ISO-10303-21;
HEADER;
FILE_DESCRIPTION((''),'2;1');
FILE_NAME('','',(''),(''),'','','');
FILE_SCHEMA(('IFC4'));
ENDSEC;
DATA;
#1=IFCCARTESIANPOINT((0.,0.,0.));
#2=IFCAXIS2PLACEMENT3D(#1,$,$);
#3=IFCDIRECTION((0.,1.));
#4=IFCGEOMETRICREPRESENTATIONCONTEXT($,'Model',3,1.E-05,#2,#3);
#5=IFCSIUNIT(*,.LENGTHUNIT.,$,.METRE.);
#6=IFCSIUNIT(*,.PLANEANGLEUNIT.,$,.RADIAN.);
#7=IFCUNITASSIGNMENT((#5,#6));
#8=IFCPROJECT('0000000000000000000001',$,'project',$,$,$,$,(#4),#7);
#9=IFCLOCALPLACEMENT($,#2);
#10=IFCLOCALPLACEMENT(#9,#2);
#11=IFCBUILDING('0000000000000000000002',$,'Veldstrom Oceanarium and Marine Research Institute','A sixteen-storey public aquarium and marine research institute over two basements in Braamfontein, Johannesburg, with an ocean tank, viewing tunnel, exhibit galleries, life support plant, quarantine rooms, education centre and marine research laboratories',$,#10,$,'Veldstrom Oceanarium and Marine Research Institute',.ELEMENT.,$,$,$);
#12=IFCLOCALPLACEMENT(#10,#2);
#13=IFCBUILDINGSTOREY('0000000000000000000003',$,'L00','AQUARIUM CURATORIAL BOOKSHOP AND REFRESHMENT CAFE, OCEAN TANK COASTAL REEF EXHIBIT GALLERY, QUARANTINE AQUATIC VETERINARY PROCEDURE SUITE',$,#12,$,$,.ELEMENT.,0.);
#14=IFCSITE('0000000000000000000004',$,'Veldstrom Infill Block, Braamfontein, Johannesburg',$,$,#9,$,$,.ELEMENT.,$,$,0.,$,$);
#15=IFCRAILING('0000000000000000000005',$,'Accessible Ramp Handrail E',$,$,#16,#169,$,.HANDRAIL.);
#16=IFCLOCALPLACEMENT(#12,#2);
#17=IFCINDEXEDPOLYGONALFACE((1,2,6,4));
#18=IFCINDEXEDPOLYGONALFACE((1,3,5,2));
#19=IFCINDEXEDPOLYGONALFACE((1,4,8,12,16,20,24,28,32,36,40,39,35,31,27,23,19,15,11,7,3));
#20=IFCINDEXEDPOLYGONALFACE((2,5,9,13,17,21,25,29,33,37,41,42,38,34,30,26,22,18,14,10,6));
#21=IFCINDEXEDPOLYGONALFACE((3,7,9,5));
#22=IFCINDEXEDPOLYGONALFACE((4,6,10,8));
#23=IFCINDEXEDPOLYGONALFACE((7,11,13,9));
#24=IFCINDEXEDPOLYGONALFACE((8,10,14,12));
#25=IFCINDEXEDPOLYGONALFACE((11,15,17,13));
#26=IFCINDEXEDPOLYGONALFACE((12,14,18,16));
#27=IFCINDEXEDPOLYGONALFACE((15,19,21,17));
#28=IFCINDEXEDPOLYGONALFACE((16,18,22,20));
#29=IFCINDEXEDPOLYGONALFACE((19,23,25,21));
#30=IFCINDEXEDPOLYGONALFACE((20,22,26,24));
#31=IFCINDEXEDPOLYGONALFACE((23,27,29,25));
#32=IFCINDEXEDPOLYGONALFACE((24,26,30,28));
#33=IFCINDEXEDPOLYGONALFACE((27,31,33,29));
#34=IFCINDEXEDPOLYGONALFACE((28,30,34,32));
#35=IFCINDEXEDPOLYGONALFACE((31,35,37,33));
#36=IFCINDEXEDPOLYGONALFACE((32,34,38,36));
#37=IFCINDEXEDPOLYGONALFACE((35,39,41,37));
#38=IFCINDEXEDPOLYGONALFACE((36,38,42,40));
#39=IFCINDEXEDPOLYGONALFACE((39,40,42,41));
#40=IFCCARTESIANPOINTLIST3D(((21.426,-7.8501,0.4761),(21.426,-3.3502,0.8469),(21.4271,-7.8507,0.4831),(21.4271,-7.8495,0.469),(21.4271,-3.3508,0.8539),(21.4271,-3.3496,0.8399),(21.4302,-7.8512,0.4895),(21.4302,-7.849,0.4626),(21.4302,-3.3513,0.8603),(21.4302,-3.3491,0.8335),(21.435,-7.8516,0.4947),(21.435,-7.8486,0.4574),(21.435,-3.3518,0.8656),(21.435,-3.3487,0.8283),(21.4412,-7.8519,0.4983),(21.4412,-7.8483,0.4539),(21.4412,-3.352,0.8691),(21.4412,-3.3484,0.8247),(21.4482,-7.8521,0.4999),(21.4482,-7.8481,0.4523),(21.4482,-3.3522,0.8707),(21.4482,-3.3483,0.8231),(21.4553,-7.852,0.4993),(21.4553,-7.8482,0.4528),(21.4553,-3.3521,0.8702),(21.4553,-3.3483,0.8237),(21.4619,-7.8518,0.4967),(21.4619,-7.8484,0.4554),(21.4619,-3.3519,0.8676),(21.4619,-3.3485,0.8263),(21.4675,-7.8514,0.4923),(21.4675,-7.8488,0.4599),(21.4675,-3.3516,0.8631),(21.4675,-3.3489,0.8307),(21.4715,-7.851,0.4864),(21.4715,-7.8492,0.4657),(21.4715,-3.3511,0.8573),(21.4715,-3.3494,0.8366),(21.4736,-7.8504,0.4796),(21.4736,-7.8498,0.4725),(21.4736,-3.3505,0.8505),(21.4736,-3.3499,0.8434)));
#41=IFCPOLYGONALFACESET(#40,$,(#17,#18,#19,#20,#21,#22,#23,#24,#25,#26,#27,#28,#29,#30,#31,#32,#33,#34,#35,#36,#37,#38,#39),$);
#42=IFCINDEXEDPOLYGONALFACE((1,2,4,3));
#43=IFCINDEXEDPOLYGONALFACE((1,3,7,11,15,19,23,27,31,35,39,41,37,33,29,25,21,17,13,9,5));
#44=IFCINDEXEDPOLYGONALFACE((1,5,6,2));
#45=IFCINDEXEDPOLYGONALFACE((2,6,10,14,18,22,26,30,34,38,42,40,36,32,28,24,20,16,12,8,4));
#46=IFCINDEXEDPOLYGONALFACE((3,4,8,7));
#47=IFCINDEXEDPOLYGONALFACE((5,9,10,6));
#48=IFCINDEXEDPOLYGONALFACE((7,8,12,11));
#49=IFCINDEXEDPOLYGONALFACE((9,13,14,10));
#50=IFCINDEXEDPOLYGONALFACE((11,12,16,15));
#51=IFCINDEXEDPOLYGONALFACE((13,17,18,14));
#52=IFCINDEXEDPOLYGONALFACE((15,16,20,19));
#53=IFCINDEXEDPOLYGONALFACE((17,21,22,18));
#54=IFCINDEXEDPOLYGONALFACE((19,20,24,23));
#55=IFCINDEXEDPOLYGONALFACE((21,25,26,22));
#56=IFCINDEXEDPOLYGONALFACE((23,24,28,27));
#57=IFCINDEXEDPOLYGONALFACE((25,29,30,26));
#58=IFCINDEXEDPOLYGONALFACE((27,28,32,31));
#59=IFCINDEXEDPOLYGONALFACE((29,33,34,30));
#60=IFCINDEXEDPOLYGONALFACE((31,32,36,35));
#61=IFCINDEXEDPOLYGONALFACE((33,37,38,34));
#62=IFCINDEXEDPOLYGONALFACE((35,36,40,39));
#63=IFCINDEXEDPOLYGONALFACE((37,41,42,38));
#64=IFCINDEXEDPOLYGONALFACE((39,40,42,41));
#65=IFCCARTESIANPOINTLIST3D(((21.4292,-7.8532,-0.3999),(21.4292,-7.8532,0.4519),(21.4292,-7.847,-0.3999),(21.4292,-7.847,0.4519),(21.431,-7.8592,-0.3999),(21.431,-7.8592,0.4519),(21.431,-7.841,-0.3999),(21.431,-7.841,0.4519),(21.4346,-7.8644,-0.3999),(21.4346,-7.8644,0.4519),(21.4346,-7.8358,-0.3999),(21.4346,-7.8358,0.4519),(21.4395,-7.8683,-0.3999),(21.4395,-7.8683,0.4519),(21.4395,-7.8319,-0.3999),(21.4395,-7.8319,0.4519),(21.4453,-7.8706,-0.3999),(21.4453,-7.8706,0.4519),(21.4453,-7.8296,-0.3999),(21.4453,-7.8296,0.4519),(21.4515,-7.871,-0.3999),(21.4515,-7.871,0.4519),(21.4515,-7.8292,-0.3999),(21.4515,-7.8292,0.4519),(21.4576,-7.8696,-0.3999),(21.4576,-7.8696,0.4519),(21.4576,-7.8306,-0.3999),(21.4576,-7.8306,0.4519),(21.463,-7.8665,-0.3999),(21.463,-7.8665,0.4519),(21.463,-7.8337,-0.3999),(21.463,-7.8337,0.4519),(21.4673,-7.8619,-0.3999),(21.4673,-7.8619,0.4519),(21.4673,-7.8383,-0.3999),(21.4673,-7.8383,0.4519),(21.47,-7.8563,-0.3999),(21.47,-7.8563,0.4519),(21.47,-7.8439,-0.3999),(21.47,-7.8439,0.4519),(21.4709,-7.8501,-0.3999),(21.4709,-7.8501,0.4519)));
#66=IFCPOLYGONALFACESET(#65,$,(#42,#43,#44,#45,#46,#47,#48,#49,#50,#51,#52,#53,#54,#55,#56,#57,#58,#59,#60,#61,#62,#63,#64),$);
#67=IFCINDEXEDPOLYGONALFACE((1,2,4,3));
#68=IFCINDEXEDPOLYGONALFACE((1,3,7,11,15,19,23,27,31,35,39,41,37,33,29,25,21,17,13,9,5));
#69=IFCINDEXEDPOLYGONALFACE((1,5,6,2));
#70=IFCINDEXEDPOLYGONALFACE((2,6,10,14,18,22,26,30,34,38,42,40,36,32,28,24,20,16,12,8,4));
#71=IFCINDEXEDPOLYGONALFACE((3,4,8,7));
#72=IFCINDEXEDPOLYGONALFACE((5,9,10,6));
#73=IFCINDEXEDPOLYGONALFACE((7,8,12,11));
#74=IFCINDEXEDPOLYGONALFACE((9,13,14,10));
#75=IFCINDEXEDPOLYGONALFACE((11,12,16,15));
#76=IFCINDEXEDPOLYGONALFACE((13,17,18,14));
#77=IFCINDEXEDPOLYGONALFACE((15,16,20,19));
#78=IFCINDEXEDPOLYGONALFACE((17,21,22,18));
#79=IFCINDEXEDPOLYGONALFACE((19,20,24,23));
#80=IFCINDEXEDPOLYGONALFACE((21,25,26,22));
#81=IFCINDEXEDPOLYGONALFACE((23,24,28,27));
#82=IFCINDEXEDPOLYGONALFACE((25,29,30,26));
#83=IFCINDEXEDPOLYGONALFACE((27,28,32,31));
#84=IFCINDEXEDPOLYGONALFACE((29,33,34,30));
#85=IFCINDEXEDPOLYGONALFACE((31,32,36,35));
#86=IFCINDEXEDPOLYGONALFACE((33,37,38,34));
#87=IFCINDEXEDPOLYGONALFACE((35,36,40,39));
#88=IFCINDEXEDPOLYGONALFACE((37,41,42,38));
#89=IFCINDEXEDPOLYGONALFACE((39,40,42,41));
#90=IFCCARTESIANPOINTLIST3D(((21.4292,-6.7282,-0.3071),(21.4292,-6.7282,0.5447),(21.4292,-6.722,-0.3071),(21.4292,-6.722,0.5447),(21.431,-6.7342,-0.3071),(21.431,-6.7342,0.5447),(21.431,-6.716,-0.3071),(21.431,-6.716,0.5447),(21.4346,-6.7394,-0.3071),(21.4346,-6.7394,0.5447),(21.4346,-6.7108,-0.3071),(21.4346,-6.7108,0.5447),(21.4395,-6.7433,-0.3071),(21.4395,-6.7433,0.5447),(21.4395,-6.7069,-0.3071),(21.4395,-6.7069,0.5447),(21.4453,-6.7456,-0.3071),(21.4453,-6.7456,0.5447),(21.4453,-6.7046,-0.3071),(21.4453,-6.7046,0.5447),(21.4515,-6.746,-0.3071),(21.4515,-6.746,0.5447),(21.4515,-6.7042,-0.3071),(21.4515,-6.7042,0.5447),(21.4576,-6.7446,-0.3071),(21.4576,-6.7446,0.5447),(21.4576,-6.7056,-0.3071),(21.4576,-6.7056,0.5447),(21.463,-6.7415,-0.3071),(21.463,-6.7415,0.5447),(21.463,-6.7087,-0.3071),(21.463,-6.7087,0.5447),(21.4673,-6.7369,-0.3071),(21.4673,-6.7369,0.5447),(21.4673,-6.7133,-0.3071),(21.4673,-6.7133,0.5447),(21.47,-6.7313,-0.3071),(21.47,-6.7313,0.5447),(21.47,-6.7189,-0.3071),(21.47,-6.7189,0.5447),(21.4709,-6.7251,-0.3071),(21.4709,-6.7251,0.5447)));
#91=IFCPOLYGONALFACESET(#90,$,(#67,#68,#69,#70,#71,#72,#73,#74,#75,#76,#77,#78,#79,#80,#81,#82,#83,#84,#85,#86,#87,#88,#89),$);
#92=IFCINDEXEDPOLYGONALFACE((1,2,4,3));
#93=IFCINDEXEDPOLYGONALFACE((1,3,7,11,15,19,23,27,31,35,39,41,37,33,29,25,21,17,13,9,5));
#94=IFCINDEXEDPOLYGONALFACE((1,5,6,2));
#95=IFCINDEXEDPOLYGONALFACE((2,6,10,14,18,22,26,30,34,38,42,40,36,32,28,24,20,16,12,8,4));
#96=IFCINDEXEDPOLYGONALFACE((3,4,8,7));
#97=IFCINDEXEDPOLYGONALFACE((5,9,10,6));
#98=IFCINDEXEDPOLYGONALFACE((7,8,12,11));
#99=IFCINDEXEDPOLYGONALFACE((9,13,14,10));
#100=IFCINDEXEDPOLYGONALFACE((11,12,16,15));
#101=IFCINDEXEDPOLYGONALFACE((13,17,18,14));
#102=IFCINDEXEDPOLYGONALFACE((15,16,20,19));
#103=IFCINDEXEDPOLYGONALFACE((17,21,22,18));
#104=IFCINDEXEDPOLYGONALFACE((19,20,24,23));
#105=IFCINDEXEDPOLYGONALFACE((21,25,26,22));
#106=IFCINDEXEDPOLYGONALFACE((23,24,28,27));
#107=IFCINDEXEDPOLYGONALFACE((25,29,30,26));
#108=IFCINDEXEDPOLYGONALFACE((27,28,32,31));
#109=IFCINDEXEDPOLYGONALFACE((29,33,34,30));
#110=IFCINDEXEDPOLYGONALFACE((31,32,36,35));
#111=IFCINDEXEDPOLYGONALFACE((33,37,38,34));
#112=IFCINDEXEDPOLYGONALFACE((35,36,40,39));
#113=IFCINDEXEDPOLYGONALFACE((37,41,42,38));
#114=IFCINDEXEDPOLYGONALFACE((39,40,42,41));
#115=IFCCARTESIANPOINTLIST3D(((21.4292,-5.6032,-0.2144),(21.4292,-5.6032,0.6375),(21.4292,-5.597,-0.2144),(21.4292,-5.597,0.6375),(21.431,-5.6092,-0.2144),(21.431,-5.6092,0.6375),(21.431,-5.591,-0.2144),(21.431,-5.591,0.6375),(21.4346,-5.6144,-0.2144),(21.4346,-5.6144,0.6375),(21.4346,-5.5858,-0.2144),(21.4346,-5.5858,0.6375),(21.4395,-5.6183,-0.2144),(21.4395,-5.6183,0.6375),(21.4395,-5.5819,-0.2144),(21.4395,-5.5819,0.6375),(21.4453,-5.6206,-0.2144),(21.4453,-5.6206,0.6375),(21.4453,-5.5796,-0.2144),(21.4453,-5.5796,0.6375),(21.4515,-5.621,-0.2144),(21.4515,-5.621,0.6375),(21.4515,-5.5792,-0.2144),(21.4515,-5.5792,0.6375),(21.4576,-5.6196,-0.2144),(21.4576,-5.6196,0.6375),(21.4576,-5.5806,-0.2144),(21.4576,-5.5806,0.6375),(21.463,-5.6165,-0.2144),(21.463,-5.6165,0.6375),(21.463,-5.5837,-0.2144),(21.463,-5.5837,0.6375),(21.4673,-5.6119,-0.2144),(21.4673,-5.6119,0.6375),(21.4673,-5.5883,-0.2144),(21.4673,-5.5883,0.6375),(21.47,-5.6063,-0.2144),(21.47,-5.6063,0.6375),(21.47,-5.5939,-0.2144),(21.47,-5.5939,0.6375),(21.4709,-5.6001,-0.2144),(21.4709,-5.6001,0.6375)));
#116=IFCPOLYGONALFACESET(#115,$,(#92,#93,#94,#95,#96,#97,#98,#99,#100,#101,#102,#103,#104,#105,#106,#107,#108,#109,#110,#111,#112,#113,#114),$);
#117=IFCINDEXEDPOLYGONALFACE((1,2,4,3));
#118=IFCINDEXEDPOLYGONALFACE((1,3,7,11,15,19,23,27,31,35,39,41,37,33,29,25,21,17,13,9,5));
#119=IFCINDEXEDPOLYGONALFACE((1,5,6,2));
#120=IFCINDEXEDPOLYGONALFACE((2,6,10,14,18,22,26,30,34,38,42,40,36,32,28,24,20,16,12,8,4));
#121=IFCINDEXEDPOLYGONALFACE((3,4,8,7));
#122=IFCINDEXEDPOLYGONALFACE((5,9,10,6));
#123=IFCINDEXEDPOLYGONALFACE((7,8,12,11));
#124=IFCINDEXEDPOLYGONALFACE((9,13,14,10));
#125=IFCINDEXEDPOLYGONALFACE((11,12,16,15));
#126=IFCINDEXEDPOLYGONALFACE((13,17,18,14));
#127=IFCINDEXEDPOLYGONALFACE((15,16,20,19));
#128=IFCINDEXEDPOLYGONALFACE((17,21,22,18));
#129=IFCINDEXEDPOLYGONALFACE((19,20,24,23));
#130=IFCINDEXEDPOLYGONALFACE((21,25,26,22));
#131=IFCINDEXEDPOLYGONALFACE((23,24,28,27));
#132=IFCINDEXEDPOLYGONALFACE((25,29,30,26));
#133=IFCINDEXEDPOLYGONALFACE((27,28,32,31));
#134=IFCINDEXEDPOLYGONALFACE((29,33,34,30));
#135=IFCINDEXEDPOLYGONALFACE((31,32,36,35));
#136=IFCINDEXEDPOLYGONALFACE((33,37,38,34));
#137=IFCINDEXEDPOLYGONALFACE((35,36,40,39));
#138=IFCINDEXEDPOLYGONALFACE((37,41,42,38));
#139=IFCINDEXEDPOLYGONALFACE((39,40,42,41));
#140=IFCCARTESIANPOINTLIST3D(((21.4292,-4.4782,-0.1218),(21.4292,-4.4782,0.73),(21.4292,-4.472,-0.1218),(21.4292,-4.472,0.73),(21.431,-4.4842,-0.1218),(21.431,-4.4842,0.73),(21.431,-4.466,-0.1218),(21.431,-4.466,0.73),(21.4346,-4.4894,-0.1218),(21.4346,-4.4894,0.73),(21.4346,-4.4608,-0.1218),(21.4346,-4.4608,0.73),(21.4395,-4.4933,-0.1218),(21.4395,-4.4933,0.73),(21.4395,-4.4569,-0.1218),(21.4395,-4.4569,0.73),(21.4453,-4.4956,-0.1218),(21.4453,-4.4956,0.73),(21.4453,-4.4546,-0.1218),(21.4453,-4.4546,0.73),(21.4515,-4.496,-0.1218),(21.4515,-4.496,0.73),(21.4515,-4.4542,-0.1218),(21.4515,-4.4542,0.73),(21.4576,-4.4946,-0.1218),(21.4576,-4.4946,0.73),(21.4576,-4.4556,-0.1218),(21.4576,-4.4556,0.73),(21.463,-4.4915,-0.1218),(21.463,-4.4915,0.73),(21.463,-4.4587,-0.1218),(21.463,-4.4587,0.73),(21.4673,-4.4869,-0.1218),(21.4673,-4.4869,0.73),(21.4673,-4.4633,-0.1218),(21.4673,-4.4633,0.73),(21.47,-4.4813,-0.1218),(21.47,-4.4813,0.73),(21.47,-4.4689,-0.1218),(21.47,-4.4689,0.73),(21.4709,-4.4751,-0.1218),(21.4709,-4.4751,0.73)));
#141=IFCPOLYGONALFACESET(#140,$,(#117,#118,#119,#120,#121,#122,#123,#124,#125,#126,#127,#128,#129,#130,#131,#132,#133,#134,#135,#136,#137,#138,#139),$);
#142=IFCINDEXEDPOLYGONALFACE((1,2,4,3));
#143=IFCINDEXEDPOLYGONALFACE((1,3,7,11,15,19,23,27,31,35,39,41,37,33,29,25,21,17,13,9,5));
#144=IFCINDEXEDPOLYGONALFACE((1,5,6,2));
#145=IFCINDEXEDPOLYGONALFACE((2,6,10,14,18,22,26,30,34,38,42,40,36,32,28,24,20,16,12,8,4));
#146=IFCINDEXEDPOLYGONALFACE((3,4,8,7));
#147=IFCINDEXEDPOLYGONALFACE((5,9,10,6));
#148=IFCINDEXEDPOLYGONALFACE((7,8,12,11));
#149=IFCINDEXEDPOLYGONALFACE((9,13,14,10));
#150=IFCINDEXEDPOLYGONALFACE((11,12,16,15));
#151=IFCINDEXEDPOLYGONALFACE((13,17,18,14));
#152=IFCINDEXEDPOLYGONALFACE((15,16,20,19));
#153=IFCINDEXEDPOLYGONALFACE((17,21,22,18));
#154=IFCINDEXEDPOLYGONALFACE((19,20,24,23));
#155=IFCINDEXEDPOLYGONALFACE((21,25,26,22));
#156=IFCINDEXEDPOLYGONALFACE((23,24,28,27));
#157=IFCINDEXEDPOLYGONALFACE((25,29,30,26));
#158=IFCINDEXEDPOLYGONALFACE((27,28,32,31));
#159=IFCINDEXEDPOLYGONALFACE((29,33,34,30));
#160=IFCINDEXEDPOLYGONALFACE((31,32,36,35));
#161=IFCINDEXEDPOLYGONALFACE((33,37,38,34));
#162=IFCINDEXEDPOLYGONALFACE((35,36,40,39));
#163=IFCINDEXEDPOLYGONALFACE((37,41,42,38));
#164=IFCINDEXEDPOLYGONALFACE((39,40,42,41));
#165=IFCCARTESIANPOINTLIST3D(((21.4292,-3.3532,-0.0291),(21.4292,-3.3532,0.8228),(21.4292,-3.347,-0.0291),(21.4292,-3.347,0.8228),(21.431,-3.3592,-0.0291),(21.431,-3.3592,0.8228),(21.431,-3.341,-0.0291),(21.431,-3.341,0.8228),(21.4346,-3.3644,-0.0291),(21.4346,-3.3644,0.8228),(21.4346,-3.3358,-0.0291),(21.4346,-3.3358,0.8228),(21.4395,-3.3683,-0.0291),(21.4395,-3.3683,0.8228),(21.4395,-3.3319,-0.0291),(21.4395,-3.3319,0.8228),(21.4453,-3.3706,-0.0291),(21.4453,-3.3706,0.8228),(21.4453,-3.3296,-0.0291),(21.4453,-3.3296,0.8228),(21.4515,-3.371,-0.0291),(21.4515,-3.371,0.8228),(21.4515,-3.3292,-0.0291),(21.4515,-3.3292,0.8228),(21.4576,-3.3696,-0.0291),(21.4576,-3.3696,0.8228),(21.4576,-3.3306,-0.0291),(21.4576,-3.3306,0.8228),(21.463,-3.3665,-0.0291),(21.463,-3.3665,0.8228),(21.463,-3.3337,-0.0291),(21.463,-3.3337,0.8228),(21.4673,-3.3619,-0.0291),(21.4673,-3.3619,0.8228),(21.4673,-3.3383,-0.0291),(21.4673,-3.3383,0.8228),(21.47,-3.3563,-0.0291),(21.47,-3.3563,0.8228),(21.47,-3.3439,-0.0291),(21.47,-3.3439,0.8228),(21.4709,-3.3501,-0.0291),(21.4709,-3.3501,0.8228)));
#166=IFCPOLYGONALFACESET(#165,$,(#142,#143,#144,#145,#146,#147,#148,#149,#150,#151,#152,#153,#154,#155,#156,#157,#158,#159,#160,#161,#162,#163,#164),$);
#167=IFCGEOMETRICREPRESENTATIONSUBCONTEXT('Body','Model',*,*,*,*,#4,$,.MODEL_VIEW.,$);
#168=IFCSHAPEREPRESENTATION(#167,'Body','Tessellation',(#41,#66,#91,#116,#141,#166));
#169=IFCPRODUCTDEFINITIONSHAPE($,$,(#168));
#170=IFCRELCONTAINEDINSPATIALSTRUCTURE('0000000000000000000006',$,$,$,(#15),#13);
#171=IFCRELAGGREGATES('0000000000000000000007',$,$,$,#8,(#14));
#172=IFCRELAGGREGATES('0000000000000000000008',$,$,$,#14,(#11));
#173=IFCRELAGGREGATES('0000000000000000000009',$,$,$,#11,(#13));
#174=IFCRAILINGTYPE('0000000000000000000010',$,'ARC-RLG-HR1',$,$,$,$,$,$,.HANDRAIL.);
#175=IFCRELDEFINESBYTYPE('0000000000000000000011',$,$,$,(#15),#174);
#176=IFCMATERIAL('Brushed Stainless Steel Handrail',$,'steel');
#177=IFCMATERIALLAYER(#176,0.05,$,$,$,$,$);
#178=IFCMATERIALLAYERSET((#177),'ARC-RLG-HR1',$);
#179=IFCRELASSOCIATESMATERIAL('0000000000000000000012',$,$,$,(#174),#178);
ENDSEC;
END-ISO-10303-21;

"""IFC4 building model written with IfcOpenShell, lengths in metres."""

from ifc_helpers import new_model, si_unit, direction, frame, origin, origin_2d, place, context, subcontext, project, spatial, circle, extrude, material, layer, layer_set, type_object, element, save


model = new_model("IFC4")

# Units and contexts
model_context = context("Model", 3, precision=1e-05, world=origin(), true_north=direction((0.0, 1.0)))
body_context = subcontext(model_context, "Body", "Model", "MODEL_VIEW")
ifc_project = project(units=[si_unit("LENGTHUNIT", "METRE"), si_unit("PLANEANGLEUNIT", "RADIAN")], contexts=[model_context])

# Site, building, storey
site_placement = place(None, origin())
site = spatial("IfcSite", under=ifc_project, at=site_placement, Name="Veldstrom Infill Block, Braamfontein, Johannesburg", CompositionType="ELEMENT", RefElevation=0.0)
building_placement = place(site_placement, origin())
building = spatial("IfcBuilding", under=site, at=building_placement, Name="Veldstrom Oceanarium and Marine Research Institute", Description="A sixteen-storey public aquarium and marine research institute over two basements in Braamfontein, Johannesburg, with an ocean tank, viewing tunnel, exhibit galleries, life support plant, quarantine rooms, education centre and marine research laboratories", LongName="Veldstrom Oceanarium and Marine Research Institute", CompositionType="ELEMENT")
storey_placement = place(building_placement, origin())
storey = spatial("IfcBuildingStorey", under=building, at=storey_placement, Name="L00", Description="AQUARIUM CURATORIAL BOOKSHOP AND REFRESHMENT CAFE, OCEAN TANK COASTAL REEF EXHIBIT GALLERY, QUARANTINE AQUATIC VETERINARY PROCEDURE SUITE", CompositionType="ELEMENT", Elevation=0.0)

# Railing
ifc_material_1 = material(Name="Brushed Stainless Steel Handrail", Category="steel")
ifc_layer_1 = layer(ifc_material_1, 0.05)
ifc_layer_set_1 = layer_set([ifc_layer_1], Name="ARC-RLG-HR1")
railing_type_1 = type_object("IfcRailingType", Name="ARC-RLG-HR1", PredefinedType="HANDRAIL", material=ifc_layer_set_1)
for number, where, name in (
    (1, (21.45, -7.8501, -0.3999), "Accessible Ramp Handrail E"),
):
    element("IfcRailing", number, at=place(storey_placement, frame(where)), inside=storey, type_object=railing_type_1, Name=name, PredefinedType="HANDRAIL", context=body_context, shape_type="SweptSolid", body=[
        extrude(circle(Radius=0.0239, at=origin_2d()), frame((0.0, 0.0, 0.876), z_axis=(0.0, 0.996621, 0.082133), x_axis=(-1.0, 0.0, 0.0)), (0.0, 0.0, 1.0), 4.5151),
        extrude(circle(Radius=0.021, at=origin_2d()), origin(), (0.0, 0.0, 1.0), 0.8518),
        extrude(circle(Radius=0.021, at=origin_2d()), frame((0.0, 1.125, 0.0928)), (0.0, 0.0, 1.0), 0.8518),
        extrude(circle(Radius=0.021, at=origin_2d()), frame((0.0, 2.25, 0.1855)), (0.0, 0.0, 1.0), 0.8518),
        extrude(circle(Radius=0.021, at=origin_2d()), frame((0.0, 3.375, 0.2781)), (0.0, 0.0, 1.0), 0.8518),
        extrude(circle(Radius=0.021, at=origin_2d()), frame((0.0, 4.5, 0.3708)), (0.0, 0.0, 1.0), 0.8518),
    ])

save(model, "model.ifc")
